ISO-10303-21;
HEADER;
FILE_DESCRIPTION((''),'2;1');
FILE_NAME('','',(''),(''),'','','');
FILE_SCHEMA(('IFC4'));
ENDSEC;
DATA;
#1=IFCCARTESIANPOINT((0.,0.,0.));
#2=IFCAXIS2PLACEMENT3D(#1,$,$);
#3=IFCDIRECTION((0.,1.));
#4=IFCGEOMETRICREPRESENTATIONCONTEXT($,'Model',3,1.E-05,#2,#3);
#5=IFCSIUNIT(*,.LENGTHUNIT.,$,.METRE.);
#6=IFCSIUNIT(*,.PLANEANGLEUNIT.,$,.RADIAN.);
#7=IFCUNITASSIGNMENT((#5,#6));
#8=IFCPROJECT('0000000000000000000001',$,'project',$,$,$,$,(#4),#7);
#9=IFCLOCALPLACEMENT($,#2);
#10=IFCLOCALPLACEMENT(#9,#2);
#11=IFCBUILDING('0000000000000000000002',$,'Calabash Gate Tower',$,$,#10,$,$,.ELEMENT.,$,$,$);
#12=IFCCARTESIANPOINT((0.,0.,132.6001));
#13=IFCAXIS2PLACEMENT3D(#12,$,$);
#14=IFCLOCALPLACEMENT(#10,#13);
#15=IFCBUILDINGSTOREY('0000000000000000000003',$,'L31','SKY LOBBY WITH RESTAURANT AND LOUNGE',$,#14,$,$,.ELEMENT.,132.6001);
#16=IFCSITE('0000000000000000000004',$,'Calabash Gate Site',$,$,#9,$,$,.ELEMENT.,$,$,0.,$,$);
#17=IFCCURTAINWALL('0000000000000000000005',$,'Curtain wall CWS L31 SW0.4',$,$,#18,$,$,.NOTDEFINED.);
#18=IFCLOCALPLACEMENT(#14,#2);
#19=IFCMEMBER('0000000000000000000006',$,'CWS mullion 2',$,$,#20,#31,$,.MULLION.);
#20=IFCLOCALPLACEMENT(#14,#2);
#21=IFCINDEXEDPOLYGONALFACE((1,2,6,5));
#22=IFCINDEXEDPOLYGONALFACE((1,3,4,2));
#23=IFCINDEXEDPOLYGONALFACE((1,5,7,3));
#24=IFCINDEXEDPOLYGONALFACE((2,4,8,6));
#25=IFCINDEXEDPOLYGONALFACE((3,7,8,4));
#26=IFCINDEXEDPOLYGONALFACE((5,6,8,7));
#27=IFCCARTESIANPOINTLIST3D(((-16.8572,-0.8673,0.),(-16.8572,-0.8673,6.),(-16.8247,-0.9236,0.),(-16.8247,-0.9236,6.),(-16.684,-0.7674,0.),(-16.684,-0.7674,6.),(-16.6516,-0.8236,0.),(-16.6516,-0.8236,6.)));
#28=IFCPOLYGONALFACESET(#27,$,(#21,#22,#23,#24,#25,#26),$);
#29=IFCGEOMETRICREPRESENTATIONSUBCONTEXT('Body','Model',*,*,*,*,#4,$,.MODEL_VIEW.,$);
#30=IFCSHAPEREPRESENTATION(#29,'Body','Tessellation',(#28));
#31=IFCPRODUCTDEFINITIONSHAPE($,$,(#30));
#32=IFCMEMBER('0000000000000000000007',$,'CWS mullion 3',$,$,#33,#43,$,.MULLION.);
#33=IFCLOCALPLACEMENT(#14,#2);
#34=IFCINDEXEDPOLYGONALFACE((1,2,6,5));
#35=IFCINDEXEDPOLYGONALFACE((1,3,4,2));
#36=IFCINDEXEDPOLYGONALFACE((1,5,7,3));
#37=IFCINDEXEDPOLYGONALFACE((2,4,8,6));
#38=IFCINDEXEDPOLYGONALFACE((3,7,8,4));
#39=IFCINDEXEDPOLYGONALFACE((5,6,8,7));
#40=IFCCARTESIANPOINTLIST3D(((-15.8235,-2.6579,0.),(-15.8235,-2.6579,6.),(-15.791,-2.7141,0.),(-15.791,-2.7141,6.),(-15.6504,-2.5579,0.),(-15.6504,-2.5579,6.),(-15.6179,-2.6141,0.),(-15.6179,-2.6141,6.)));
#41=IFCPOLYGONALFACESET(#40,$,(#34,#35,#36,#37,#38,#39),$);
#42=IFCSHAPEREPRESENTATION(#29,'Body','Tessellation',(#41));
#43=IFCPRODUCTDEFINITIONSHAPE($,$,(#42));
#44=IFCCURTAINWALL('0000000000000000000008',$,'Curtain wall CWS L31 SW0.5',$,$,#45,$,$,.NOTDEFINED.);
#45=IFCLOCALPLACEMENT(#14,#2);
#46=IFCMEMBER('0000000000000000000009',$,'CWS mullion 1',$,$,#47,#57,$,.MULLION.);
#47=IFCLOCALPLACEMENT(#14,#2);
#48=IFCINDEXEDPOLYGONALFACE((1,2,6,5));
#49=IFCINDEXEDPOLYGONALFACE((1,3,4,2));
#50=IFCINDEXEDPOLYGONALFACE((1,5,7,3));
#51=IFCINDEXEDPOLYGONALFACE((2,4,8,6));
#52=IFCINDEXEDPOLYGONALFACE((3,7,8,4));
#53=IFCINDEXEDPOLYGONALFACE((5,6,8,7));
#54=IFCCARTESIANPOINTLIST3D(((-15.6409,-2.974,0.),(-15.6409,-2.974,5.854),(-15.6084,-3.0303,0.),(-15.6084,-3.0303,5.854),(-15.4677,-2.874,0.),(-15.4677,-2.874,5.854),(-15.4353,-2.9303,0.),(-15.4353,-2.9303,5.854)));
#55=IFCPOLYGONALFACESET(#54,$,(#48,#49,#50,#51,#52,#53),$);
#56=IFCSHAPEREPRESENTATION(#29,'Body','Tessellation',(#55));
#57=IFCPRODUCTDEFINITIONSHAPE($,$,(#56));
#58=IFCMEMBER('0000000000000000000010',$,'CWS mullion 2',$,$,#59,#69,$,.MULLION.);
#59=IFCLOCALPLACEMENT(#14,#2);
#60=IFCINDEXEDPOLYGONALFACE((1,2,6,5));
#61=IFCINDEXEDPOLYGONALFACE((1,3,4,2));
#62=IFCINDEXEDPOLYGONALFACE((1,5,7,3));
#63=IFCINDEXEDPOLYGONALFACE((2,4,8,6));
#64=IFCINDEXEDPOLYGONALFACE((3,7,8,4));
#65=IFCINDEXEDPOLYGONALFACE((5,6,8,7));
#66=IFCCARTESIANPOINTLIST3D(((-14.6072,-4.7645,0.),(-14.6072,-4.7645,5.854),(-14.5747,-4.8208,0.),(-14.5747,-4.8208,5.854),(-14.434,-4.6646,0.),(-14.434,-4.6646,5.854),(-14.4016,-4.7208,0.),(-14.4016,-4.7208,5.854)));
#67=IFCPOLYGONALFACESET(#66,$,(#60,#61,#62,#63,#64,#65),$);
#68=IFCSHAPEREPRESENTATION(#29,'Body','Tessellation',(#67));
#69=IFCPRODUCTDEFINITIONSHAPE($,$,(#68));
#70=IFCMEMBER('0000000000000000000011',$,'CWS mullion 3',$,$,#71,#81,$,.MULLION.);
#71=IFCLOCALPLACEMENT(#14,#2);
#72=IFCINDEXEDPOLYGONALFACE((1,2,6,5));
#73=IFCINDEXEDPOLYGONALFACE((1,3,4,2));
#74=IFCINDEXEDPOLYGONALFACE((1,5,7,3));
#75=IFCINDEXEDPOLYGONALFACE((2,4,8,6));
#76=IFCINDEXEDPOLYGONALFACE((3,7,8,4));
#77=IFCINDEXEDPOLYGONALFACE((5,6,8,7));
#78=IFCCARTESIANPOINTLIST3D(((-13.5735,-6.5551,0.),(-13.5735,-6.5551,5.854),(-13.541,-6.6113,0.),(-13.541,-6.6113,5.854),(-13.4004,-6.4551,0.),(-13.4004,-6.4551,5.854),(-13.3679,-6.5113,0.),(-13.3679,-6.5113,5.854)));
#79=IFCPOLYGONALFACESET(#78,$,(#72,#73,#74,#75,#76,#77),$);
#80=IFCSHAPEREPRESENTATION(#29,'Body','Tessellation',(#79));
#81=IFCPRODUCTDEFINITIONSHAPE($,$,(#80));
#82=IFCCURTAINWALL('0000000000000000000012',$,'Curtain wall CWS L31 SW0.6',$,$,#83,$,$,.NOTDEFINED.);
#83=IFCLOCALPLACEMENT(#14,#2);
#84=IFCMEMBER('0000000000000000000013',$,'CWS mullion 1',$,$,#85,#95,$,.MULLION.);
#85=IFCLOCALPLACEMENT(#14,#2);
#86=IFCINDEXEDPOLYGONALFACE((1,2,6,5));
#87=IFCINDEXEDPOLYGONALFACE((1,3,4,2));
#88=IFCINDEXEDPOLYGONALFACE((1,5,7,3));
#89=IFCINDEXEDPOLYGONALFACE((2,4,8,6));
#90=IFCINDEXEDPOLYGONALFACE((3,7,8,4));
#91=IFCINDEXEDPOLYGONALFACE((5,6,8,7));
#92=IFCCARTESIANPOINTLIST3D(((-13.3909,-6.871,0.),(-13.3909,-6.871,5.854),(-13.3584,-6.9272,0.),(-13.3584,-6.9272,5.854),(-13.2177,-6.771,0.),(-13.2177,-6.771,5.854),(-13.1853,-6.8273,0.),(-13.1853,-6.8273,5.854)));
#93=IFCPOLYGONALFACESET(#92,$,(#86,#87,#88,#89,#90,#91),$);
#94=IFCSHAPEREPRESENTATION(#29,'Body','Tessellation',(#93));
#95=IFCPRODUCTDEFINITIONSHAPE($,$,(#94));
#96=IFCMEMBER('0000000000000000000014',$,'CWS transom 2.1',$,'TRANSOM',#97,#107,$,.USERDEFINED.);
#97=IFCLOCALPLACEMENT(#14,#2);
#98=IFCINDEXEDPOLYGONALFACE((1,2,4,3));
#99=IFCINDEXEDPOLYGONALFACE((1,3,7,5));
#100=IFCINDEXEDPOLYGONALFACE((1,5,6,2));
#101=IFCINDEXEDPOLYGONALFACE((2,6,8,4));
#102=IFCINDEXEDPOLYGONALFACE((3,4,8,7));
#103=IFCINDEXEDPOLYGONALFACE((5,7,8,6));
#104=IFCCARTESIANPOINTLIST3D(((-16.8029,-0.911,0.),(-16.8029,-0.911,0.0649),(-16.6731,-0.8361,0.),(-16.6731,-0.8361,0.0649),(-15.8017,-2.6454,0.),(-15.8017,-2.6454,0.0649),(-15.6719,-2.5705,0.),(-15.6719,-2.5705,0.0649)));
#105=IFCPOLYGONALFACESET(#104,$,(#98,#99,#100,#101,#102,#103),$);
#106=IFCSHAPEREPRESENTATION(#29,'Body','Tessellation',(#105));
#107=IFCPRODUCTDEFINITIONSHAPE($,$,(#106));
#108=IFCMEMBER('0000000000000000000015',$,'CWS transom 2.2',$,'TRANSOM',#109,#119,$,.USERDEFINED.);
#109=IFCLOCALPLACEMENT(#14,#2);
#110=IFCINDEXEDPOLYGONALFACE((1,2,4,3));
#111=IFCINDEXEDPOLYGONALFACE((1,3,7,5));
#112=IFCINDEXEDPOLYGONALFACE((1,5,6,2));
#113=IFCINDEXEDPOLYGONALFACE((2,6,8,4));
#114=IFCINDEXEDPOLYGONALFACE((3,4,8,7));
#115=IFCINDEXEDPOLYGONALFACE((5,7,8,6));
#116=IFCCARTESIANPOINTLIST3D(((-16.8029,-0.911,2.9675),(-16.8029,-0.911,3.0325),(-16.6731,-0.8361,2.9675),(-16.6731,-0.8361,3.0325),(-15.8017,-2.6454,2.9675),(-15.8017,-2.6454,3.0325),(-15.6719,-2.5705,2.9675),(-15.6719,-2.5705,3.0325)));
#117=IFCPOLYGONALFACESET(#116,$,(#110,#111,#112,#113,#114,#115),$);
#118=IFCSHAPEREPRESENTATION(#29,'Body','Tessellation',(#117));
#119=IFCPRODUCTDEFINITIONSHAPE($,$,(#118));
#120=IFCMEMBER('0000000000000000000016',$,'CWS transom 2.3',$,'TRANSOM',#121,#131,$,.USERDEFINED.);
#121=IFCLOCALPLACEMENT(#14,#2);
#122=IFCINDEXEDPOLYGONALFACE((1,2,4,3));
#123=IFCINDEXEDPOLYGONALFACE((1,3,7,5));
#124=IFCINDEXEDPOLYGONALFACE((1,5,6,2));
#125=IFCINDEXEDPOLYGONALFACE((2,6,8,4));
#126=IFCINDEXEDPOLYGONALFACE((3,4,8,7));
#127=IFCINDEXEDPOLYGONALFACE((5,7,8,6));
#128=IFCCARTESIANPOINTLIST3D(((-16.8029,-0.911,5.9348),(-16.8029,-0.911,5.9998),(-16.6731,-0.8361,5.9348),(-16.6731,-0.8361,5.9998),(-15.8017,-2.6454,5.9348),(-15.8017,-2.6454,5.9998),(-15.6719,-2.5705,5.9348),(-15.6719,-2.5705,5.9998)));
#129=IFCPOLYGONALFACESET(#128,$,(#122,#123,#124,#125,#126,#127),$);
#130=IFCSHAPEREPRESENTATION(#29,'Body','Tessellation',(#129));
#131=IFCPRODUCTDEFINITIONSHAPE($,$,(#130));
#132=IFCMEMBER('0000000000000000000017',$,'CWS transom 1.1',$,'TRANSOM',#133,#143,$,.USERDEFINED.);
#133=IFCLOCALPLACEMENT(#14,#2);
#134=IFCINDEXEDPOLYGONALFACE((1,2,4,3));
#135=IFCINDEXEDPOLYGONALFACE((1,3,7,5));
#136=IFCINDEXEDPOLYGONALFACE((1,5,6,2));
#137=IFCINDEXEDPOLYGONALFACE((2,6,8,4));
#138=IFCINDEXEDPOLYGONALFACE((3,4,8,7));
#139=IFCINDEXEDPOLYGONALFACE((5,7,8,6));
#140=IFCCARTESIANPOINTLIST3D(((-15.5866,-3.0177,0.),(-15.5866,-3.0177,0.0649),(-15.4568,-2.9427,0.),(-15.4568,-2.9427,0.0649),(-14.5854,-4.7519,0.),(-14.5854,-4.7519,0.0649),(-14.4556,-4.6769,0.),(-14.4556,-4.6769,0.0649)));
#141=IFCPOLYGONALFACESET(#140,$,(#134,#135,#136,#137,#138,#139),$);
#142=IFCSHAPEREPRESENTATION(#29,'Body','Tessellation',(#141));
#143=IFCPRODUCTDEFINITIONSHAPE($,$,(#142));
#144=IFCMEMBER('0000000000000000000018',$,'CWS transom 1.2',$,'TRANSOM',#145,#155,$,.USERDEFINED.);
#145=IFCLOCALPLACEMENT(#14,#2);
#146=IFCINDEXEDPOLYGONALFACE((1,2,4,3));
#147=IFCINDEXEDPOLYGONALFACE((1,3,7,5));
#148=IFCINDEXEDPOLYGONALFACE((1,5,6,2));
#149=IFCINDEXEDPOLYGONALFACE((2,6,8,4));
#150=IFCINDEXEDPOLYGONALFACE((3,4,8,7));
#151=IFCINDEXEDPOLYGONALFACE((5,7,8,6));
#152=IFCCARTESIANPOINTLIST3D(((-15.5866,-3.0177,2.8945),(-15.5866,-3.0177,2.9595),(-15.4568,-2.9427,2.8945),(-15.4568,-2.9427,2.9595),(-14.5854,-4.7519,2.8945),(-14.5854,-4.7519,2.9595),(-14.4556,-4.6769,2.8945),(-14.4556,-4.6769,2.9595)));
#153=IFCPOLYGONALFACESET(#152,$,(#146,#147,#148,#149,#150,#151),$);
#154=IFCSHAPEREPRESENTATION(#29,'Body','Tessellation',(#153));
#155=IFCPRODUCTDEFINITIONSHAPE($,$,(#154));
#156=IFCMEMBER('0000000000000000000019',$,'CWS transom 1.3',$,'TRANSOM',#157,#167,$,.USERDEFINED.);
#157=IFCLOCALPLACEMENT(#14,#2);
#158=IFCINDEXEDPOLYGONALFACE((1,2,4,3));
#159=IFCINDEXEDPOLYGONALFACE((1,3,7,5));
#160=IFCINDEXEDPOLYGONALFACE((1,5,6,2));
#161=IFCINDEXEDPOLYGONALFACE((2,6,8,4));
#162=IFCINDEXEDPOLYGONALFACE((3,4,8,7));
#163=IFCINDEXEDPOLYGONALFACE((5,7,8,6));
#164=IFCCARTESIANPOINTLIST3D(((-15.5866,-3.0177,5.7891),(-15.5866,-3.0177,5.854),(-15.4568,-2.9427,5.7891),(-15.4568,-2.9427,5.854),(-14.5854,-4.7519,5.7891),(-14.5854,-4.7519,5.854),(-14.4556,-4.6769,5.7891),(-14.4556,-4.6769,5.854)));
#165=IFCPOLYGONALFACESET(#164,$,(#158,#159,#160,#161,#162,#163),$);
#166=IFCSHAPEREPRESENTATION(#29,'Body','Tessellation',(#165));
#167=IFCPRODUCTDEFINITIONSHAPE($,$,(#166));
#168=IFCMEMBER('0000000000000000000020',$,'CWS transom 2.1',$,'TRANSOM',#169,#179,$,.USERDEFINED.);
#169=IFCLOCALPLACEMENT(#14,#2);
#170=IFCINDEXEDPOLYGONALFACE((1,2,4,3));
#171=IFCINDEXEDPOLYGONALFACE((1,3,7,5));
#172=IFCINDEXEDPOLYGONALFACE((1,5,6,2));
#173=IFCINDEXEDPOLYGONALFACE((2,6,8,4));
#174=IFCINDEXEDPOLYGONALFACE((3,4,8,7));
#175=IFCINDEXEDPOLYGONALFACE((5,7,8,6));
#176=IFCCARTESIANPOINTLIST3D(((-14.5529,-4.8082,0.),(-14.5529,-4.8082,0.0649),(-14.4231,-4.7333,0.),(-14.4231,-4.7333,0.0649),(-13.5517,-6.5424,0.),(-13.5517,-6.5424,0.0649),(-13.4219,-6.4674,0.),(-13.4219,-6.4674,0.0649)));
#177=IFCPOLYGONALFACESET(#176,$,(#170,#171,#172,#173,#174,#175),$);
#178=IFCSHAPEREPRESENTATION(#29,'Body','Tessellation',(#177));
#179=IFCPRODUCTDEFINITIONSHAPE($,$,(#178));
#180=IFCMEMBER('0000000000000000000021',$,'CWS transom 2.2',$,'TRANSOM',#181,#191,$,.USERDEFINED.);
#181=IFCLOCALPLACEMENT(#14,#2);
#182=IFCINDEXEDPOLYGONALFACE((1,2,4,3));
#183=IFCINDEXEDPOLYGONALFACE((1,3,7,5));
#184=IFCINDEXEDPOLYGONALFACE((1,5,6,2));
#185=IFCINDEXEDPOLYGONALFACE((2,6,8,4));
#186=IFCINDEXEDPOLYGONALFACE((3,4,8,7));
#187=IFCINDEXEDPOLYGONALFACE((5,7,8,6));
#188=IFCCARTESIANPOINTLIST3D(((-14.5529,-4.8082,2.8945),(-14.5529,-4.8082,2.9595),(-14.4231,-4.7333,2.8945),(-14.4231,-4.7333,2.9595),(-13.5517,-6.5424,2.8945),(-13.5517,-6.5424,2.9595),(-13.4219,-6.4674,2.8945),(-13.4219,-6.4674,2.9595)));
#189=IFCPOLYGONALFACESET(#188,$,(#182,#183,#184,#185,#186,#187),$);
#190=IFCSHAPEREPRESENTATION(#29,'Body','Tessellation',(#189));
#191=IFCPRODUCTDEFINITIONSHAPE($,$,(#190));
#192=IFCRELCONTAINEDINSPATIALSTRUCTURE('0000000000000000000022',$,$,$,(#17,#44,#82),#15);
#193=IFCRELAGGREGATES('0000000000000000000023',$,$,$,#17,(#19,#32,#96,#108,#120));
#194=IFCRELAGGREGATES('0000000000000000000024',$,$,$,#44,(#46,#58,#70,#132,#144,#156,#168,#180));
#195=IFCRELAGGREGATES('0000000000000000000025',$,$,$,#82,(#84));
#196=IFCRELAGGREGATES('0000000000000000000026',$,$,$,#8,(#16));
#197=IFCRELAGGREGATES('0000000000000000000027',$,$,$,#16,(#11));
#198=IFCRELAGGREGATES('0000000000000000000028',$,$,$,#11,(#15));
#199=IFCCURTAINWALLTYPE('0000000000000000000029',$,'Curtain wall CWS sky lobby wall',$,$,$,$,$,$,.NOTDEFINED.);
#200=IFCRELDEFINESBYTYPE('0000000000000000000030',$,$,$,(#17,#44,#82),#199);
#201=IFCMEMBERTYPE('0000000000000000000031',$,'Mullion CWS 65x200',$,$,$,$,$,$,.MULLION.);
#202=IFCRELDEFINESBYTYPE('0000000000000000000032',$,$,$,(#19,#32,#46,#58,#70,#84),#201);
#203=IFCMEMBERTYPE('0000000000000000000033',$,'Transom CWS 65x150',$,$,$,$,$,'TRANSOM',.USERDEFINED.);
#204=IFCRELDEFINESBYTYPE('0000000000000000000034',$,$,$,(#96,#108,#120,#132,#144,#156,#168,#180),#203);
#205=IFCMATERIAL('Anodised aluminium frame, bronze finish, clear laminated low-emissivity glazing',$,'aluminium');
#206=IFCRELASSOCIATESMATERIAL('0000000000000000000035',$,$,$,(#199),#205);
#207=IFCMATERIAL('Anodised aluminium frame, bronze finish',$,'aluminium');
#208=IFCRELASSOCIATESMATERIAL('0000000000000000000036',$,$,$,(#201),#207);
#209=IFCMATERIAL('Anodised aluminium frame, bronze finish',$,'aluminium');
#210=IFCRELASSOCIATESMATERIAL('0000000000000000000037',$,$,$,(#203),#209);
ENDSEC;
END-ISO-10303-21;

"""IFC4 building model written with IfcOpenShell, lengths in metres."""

from ifc_helpers import new_model, si_unit, direction, frame, origin, origin_2d, place, context, subcontext, project, spatial, rectangle, extrude, material, material_profile, profile_set, type_object, element, aggregate, save


model = new_model("IFC4")

# Units and contexts
model_context = context("Model", 3, precision=1e-05, world=origin(), true_north=direction((0.0, 1.0)))
body_context = subcontext(model_context, "Body", "Model", "MODEL_VIEW")
ifc_project = project(units=[si_unit("LENGTHUNIT", "METRE"), si_unit("PLANEANGLEUNIT", "RADIAN")], contexts=[model_context])

# Site, building, storey
site_placement = place(None, origin())
site = spatial("IfcSite", under=ifc_project, at=site_placement, Name="Calabash Gate Site", CompositionType="ELEMENT", RefElevation=0.0)
building_placement = place(site_placement, origin())
building = spatial("IfcBuilding", under=site, at=building_placement, Name="Calabash Gate Tower", CompositionType="ELEMENT")
storey_placement = place(building_placement, frame((0.0, 0.0, 132.6001)))
storey = spatial("IfcBuildingStorey", under=building, at=storey_placement, Name="L31", Description="SKY LOBBY WITH RESTAURANT AND LOUNGE", CompositionType="ELEMENT", Elevation=132.6001)

# Curtain walls, members
ifc_material_1 = material(Name="Anodised aluminium frame, bronze finish, clear laminated low-emissivity glazing", Category="aluminium")
curtain_wall_type = type_object("IfcCurtainWallType", Name="Curtain wall CWS sky lobby wall", PredefinedType="NOTDEFINED", material=ifc_material_1)
curtain_wall_1_placement = place(storey_placement, origin())
curtain_wall_1 = element("IfcCurtainWall", 1, at=curtain_wall_1_placement, inside=storey, type_object=curtain_wall_type, Name="Curtain wall CWS L31 SW0.4", PredefinedType="NOTDEFINED")
ifc_material_2 = material(Name="Anodised aluminium frame, bronze finish", Category="aluminium")
ifc_material_profile_1 = material_profile(ifc_material_2, rectangle(XDim=0.2, YDim=0.0649, at=origin_2d()))
ifc_profile_set_1 = profile_set([ifc_material_profile_1], Name="Anodised aluminium frame, bronze finish")
member_type_1 = type_object("IfcMemberType", Name="Mullion CWS 65x200", PredefinedType="MULLION", material=ifc_profile_set_1)
member_1_placement = place(storey_placement, frame((-16.7544, -0.8455, 0.0), z_axis=(0.0, 0.0, 1.0), x_axis=(0.866025, 0.5, 0.0)))
member_1 = element("IfcMember", 2, at=member_1_placement, type_object=member_type_1, Name="CWS mullion 2", PredefinedType="MULLION", context=body_context, shape_type="SweptSolid", body=[
    extrude(rectangle(XDim=0.2, YDim=0.0649, at=origin_2d()), origin(), (0.0, 0.0, 1.0), 6.0),
])
member_2_placement = place(storey_placement, frame((-15.7207, -2.636, 0.0), z_axis=(0.0, 0.0, 1.0), x_axis=(0.866025, 0.5, 0.0)))
member_2 = element("IfcMember", 3, at=member_2_placement, type_object=member_type_1, Name="CWS mullion 3", PredefinedType="MULLION", context=body_context, shape_type="SweptSolid", body=[
    extrude(rectangle(XDim=0.2, YDim=0.0649, at=origin_2d()), origin(), (0.0, 0.0, 1.0), 6.0),
])
curtain_wall_2_placement = place(storey_placement, origin())
curtain_wall_2 = element("IfcCurtainWall", 4, at=curtain_wall_2_placement, inside=storey, type_object=curtain_wall_type, Name="Curtain wall CWS L31 SW0.5", PredefinedType="NOTDEFINED")
member_3_placement = place(storey_placement, frame((-15.5381, -2.9521, 0.0), z_axis=(0.0, 0.0, 1.0), x_axis=(0.866025, 0.5, 0.0)))
member_3 = element("IfcMember", 5, at=member_3_placement, type_object=member_type_1, Name="CWS mullion 1", PredefinedType="MULLION", context=body_context, shape_type="SweptSolid", body=[
    extrude(rectangle(XDim=0.2, YDim=0.0649, at=origin_2d()), origin(), (0.0, 0.0, 1.0), 5.854),
])
member_4_placement = place(storey_placement, frame((-14.5044, -4.7427, 0.0), z_axis=(0.0, 0.0, 1.0), x_axis=(0.866025, 0.5, 0.0)))
member_4 = element("IfcMember", 6, at=member_4_placement, type_object=member_type_1, Name="CWS mullion 2", PredefinedType="MULLION", context=body_context, shape_type="SweptSolid", body=[
    extrude(rectangle(XDim=0.2, YDim=0.0649, at=origin_2d()), origin(), (0.0, 0.0, 1.0), 5.854),
])
member_5_placement = place(storey_placement, frame((-13.4707, -6.5332, 0.0), z_axis=(0.0, 0.0, 1.0), x_axis=(0.866025, 0.5, 0.0)))
member_5 = element("IfcMember", 7, at=member_5_placement, type_object=member_type_1, Name="CWS mullion 3", PredefinedType="MULLION", context=body_context, shape_type="SweptSolid", body=[
    extrude(rectangle(XDim=0.2, YDim=0.0649, at=origin_2d()), origin(), (0.0, 0.0, 1.0), 5.854),
])

# Curtain wall, member
curtain_wall_3_placement = place(storey_placement, origin())
curtain_wall_3 = element("IfcCurtainWall", 8, at=curtain_wall_3_placement, inside=storey, type_object=curtain_wall_type, Name="Curtain wall CWS L31 SW0.6", PredefinedType="NOTDEFINED")
member_6_placement = place(storey_placement, frame((-13.2881, -6.8491, 0.0), z_axis=(0.0, 0.0, 1.0), x_axis=(0.866025, 0.5, 0.0)))
member_6 = element("IfcMember", 9, at=member_6_placement, type_object=member_type_1, Name="CWS mullion 1", PredefinedType="MULLION", context=body_context, shape_type="SweptSolid", body=[
    extrude(rectangle(XDim=0.2, YDim=0.0649, at=origin_2d()), origin(), (0.0, 0.0, 1.0), 5.854),
])

# Members
ifc_material_3 = material(Name="Anodised aluminium frame, bronze finish", Category="aluminium")
ifc_material_profile_2 = material_profile(ifc_material_3, rectangle(XDim=0.1499, YDim=0.0649, at=origin_2d()))
ifc_profile_set_2 = profile_set([ifc_material_profile_2], Name="Anodised aluminium frame, bronze finish")
member_type_2 = type_object("IfcMemberType", Name="Transom CWS 65x150", ElementType="TRANSOM", PredefinedType="USERDEFINED", material=ifc_profile_set_2)
member_7_placement = place(storey_placement, frame((-16.738, -0.8735, 0.0325), z_axis=(0.499955, -0.866052, 0.0), x_axis=(0.866052, 0.499955, 0.0)))
member_7 = element("IfcMember", 10, at=member_7_placement, type_object=member_type_2, Name="CWS transom 2.1", ObjectType="TRANSOM", PredefinedType="USERDEFINED", context=body_context, shape_type="SweptSolid", body=[
    extrude(rectangle(XDim=0.1499, YDim=0.0649, at=origin_2d()), origin(), (0.0, 0.0, 1.0), 2.0027),
])
member_8_placement = place(storey_placement, frame((-16.738, -0.8735, 3.0), z_axis=(0.499955, -0.866052, 0.0), x_axis=(0.866052, 0.499955, 0.0)))
member_8 = element("IfcMember", 11, at=member_8_placement, type_object=member_type_2, Name="CWS transom 2.2", ObjectType="TRANSOM", PredefinedType="USERDEFINED", context=body_context, shape_type="SweptSolid", body=[
    extrude(rectangle(XDim=0.1499, YDim=0.0649, at=origin_2d()), origin(), (0.0, 0.0, 1.0), 2.0027),
])
member_9_placement = place(storey_placement, frame((-16.738, -0.8735, 5.9673), z_axis=(0.499955, -0.866052, 0.0), x_axis=(0.866052, 0.499955, 0.0)))
member_9 = element("IfcMember", 12, at=member_9_placement, type_object=member_type_2, Name="CWS transom 2.3", ObjectType="TRANSOM", PredefinedType="USERDEFINED", context=body_context, shape_type="SweptSolid", body=[
    extrude(rectangle(XDim=0.1499, YDim=0.0649, at=origin_2d()), origin(), (0.0, 0.0, 1.0), 2.0027),
])
member_10_placement = place(storey_placement, frame((-15.5217, -2.9802, 0.0325), z_axis=(0.500007, -0.866021, 0.0), x_axis=(0.866021, 0.500007, 0.0)))
member_10 = element("IfcMember", 13, at=member_10_placement, type_object=member_type_2, Name="CWS transom 1.1", ObjectType="TRANSOM", PredefinedType="USERDEFINED", context=body_context, shape_type="SweptSolid", body=[
    extrude(rectangle(XDim=0.1499, YDim=0.0649, at=origin_2d()), origin(), (0.0, 0.0, 1.0), 2.0024),
])
member_11_placement = place(storey_placement, frame((-15.5217, -2.9802, 2.927), z_axis=(0.500007, -0.866021, 0.0), x_axis=(0.866021, 0.500007, 0.0)))
member_11 = element("IfcMember", 14, at=member_11_placement, type_object=member_type_2, Name="CWS transom 1.2", ObjectType="TRANSOM", PredefinedType="USERDEFINED", context=body_context, shape_type="SweptSolid", body=[
    extrude(rectangle(XDim=0.1499, YDim=0.0649, at=origin_2d()), origin(), (0.0, 0.0, 1.0), 2.0024),
])
member_12_placement = place(storey_placement, frame((-15.5217, -2.9802, 5.8215), z_axis=(0.500007, -0.866021, 0.0), x_axis=(0.866021, 0.500007, 0.0)))
member_12 = element("IfcMember", 15, at=member_12_placement, type_object=member_type_2, Name="CWS transom 1.3", ObjectType="TRANSOM", PredefinedType="USERDEFINED", context=body_context, shape_type="SweptSolid", body=[
    extrude(rectangle(XDim=0.1499, YDim=0.0649, at=origin_2d()), origin(), (0.0, 0.0, 1.0), 2.0024),
])
member_13_placement = place(storey_placement, frame((-14.488, -4.7708, 0.0325), z_axis=(0.500007, -0.866021, 0.0), x_axis=(0.866021, 0.500007, 0.0)))
member_13 = element("IfcMember", 16, at=member_13_placement, type_object=member_type_2, Name="CWS transom 2.1", ObjectType="TRANSOM", PredefinedType="USERDEFINED", context=body_context, shape_type="SweptSolid", body=[
    extrude(rectangle(XDim=0.1499, YDim=0.0649, at=origin_2d()), origin(), (0.0, 0.0, 1.0), 2.0024),
])
member_14_placement = place(storey_placement, frame((-14.488, -4.7708, 2.927), z_axis=(0.500007, -0.866021, 0.0), x_axis=(0.866021, 0.500007, 0.0)))
member_14 = element("IfcMember", 17, at=member_14_placement, type_object=member_type_2, Name="CWS transom 2.2", ObjectType="TRANSOM", PredefinedType="USERDEFINED", context=body_context, shape_type="SweptSolid", body=[
    extrude(rectangle(XDim=0.1499, YDim=0.0649, at=origin_2d()), origin(), (0.0, 0.0, 1.0), 2.0024),
])

aggregate(curtain_wall_1, [member_1, member_2, member_7, member_8, member_9])
aggregate(curtain_wall_2, [member_3, member_4, member_5, member_10, member_11, member_12, member_13, member_14])
aggregate(curtain_wall_3, [member_6])

save(model, "model.ifc")
